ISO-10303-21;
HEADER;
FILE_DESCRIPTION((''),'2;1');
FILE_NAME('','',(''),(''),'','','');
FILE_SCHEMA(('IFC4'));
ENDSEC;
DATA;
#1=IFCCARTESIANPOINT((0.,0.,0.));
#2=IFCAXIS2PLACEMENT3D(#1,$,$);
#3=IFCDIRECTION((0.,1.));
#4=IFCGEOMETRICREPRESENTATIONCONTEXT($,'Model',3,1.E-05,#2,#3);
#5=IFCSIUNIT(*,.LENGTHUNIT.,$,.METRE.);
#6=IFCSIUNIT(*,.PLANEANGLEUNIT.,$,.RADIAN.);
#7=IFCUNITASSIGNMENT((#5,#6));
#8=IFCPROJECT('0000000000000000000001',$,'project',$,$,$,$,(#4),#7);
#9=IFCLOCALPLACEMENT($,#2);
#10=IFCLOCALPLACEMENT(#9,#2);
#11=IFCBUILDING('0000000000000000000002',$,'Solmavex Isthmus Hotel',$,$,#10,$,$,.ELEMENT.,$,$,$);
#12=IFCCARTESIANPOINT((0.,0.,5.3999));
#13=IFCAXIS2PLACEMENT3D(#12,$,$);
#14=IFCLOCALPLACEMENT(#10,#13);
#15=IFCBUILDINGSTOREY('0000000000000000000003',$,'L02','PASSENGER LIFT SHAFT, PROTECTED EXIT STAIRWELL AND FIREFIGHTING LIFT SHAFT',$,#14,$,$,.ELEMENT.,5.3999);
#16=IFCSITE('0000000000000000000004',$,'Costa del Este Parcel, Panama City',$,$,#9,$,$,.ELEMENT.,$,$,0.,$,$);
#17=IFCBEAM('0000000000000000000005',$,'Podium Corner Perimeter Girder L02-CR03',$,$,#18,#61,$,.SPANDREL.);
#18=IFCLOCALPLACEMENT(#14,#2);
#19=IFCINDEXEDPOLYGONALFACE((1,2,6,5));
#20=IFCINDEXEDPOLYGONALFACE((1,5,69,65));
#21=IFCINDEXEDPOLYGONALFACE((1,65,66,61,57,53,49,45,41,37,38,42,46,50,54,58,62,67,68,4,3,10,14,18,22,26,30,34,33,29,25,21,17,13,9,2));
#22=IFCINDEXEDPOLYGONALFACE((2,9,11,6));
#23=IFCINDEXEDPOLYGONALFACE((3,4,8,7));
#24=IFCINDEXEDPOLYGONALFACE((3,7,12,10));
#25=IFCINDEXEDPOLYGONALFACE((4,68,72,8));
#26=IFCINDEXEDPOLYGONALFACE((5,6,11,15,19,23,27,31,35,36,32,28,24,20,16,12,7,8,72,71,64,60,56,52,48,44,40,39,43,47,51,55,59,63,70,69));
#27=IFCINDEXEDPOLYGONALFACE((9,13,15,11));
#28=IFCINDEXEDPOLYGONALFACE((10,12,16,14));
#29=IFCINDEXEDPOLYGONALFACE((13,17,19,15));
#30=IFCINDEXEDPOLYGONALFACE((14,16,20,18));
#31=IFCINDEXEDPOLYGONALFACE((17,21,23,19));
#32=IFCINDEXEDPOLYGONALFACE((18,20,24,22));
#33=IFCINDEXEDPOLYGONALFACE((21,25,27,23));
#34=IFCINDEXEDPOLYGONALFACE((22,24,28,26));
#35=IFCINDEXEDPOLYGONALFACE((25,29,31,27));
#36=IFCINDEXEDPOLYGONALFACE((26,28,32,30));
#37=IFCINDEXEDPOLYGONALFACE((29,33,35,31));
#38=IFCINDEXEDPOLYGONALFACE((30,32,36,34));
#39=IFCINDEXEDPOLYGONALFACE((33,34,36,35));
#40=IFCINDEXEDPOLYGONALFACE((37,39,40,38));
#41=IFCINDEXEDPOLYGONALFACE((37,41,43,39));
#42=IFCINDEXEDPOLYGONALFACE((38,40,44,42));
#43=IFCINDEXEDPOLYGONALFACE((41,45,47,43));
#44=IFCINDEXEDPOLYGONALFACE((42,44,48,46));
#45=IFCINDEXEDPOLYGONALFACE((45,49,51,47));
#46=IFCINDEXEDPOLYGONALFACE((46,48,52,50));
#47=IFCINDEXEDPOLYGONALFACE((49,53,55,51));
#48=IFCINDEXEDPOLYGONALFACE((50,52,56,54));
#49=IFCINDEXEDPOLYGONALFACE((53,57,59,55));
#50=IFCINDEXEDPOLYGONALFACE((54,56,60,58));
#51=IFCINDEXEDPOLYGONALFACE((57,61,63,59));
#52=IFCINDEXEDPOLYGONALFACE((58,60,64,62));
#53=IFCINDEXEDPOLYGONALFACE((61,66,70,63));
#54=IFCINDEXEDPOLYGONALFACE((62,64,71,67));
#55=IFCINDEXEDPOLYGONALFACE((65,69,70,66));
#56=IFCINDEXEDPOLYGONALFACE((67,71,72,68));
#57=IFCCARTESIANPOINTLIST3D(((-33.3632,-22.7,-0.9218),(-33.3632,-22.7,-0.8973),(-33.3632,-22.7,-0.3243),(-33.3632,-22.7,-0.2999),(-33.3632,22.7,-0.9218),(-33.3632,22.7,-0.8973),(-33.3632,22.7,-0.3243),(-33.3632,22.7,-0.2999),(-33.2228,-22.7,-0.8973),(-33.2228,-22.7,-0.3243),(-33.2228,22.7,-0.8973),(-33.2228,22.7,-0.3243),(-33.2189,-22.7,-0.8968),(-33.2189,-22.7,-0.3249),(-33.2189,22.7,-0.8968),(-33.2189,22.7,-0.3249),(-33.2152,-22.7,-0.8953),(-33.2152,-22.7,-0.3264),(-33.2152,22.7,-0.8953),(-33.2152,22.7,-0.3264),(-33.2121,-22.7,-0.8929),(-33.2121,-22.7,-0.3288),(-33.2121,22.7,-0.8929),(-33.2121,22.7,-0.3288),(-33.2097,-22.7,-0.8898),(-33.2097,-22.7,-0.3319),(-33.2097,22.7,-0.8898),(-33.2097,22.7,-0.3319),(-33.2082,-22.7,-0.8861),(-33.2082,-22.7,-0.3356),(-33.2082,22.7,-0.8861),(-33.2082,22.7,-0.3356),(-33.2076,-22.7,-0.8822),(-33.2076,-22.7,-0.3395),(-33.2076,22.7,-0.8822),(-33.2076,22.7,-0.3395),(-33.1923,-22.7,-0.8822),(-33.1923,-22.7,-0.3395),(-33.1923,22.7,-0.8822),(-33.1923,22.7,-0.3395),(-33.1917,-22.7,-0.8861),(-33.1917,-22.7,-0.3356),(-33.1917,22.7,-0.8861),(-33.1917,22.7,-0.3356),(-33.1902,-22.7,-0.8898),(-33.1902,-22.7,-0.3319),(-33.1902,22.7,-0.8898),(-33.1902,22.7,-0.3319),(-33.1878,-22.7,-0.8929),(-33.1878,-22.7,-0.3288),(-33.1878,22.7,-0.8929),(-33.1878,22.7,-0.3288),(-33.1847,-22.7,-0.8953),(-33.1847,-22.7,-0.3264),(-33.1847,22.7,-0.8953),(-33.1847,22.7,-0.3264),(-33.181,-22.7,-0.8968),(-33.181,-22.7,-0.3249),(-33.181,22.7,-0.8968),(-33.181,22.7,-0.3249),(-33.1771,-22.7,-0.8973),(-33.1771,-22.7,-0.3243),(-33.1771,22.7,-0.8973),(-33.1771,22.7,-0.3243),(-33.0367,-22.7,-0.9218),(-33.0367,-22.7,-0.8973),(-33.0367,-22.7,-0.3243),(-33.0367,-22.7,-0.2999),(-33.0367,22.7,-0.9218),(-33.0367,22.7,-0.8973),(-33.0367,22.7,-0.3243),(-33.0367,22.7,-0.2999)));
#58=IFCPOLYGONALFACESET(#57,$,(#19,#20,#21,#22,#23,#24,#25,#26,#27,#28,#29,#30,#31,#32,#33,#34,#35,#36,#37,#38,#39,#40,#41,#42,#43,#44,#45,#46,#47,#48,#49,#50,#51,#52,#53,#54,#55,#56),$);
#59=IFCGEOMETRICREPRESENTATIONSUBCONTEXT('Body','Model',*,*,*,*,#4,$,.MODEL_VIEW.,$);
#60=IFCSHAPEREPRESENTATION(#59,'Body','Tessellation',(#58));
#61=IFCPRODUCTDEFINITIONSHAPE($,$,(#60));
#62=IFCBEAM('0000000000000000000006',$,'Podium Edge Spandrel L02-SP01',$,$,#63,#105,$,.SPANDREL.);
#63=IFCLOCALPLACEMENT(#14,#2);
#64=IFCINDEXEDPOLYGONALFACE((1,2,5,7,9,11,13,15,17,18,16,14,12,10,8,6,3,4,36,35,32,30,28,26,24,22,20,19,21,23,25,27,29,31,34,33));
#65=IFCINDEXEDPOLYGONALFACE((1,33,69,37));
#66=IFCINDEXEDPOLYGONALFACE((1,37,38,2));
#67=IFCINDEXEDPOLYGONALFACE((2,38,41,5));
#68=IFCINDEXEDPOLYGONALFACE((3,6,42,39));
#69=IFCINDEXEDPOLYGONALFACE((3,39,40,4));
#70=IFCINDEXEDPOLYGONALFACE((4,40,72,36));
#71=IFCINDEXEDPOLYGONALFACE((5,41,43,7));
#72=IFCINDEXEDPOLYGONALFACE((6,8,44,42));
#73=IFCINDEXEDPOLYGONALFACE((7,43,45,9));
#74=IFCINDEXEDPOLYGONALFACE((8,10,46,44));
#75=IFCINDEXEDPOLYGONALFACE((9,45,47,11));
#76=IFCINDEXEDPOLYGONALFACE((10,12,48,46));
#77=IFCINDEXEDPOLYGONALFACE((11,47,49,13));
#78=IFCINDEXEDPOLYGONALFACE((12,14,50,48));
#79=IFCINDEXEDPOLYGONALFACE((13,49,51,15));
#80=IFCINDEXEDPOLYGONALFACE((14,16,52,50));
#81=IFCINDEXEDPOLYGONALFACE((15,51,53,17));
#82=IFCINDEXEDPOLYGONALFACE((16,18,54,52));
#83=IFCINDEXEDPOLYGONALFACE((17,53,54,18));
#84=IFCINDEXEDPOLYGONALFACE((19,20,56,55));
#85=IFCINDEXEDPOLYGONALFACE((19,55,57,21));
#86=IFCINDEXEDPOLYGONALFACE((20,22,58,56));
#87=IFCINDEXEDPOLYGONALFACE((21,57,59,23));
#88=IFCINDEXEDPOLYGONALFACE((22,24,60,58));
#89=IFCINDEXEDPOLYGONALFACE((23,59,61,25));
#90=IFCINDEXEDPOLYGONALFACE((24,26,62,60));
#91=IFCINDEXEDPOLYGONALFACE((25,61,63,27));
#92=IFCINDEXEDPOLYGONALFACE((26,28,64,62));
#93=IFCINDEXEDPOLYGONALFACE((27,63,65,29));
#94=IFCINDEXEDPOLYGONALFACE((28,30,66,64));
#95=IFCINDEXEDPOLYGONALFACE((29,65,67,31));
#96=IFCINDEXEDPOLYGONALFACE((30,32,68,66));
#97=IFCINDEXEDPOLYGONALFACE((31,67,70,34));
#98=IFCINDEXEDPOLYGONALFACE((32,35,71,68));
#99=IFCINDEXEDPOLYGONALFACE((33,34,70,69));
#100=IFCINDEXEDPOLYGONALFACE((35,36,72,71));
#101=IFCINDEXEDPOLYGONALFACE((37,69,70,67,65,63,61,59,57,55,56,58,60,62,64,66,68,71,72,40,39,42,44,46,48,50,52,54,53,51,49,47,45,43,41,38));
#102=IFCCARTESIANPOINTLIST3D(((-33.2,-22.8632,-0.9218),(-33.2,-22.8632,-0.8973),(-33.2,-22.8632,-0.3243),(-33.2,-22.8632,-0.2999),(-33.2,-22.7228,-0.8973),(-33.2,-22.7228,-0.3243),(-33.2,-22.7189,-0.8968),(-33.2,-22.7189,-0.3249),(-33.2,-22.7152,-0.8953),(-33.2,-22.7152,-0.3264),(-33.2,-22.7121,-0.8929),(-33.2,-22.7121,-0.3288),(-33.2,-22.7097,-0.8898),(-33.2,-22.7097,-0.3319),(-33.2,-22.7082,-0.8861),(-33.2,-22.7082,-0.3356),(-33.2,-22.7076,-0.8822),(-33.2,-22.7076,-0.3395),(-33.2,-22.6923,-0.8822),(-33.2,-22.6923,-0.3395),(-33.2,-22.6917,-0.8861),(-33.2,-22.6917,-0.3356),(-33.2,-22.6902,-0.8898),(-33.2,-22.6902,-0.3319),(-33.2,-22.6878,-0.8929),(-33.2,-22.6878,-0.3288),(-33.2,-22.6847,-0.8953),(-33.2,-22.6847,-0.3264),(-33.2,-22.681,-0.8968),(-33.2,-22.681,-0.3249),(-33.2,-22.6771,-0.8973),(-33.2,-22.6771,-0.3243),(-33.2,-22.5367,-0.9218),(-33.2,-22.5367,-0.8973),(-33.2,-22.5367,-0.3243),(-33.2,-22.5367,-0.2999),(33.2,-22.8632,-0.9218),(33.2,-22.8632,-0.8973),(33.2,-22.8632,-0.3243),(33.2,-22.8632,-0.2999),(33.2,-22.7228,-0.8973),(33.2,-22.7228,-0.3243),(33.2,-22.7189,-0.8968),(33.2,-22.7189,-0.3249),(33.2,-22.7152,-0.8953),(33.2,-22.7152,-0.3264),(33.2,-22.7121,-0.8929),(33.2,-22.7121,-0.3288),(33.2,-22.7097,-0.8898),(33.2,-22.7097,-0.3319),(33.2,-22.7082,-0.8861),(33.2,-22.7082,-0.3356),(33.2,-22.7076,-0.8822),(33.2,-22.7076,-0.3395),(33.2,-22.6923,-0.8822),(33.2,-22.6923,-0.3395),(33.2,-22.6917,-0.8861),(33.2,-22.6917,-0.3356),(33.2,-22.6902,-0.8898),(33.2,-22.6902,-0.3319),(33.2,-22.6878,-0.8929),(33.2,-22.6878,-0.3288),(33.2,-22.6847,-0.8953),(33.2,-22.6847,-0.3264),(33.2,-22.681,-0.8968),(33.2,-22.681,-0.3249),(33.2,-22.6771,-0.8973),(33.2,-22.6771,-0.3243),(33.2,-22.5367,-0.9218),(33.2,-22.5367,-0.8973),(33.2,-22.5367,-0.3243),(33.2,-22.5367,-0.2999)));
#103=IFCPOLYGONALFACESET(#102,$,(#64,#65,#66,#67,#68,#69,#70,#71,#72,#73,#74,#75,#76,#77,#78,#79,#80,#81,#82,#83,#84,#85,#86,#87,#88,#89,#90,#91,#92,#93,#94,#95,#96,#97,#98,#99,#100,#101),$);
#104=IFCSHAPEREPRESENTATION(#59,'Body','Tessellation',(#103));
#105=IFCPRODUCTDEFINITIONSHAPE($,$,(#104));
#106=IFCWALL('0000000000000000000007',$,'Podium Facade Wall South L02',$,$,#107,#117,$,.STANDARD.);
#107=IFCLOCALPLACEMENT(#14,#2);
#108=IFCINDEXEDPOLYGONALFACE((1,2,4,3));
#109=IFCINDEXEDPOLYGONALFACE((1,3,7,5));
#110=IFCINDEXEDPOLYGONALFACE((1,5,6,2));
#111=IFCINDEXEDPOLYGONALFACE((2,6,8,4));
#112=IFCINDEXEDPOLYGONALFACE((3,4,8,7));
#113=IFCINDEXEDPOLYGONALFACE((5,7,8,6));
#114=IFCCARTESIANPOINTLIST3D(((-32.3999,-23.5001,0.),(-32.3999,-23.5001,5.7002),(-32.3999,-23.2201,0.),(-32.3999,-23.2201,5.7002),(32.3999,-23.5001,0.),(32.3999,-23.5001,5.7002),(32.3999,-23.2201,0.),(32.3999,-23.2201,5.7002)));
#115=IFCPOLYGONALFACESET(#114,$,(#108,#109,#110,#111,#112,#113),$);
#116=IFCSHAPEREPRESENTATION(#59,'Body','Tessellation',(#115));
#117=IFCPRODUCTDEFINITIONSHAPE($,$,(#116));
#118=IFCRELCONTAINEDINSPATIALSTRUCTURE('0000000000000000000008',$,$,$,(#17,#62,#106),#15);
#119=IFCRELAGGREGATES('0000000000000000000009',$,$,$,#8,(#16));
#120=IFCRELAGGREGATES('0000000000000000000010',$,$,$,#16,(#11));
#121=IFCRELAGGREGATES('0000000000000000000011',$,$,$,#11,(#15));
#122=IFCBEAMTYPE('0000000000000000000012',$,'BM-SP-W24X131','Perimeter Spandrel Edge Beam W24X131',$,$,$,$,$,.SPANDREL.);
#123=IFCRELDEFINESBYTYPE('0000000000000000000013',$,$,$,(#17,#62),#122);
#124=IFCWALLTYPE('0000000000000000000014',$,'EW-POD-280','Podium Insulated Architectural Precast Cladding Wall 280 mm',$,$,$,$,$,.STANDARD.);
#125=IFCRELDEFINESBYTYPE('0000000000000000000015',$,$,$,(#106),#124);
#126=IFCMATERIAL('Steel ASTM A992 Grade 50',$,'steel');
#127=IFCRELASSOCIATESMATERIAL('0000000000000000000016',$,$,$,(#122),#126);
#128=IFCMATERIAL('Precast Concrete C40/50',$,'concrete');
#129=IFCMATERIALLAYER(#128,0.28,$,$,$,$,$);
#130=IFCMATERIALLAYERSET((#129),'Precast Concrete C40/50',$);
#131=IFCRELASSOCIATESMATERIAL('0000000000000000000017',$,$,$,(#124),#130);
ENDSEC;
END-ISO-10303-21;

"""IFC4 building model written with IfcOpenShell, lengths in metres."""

from ifc_helpers import new_model, si_unit, direction, frame, frame_2d, origin, origin_2d, place, context, subcontext, project, spatial, rectangle, i_section, extrude, material, layer, layer_set, material_profile, profile_set, type_object, element, save


model = new_model("IFC4")

# Units and contexts
model_context = context("Model", 3, precision=1e-05, world=origin(), true_north=direction((0.0, 1.0)))
body_context = subcontext(model_context, "Body", "Model", "MODEL_VIEW")
ifc_project = project(units=[si_unit("LENGTHUNIT", "METRE"), si_unit("PLANEANGLEUNIT", "RADIAN")], contexts=[model_context])

# Site, building, storey
site_placement = place(None, origin())
site = spatial("IfcSite", under=ifc_project, at=site_placement, Name="Costa del Este Parcel, Panama City", CompositionType="ELEMENT", RefElevation=0.0)
building_placement = place(site_placement, origin())
building = spatial("IfcBuilding", under=site, at=building_placement, Name="Solmavex Isthmus Hotel", CompositionType="ELEMENT")
storey_placement = place(building_placement, frame((0.0, 0.0, 5.3999)))
storey = spatial("IfcBuildingStorey", under=building, at=storey_placement, Name="L02", Description="PASSENGER LIFT SHAFT, PROTECTED EXIT STAIRWELL AND FIREFIGHTING LIFT SHAFT", CompositionType="ELEMENT", Elevation=5.3999)

# Beams
ifc_material_1 = material(Name="Steel ASTM A992 Grade 50", Category="steel")
ifc_material_profile_1 = material_profile(ifc_material_1, i_section(OverallWidth=0.3264, OverallDepth=0.6218, WebThickness=0.0154, FlangeThickness=0.0244, FilletRadius=0.0151, at=origin_2d()), Name="W24X131")
ifc_profile_set_1 = profile_set([ifc_material_profile_1], Name="Steel ASTM A992 Grade 50")
beam_type_1 = type_object("IfcBeamType", Name="BM-SP-W24X131", Description="Perimeter Spandrel Edge Beam W24X131", PredefinedType="SPANDREL", material=ifc_profile_set_1)
beam_1_placement = place(storey_placement, frame((-33.2, -22.7, -0.6108), z_axis=(0.0, 1.0, 0.0), x_axis=(-1.0, 0.0, 0.0)))
element("IfcBeam", 1, at=beam_1_placement, inside=storey, type_object=beam_type_1, Name="Podium Corner Perimeter Girder L02-CR03", PredefinedType="SPANDREL", context=body_context, shape_type="SweptSolid", body=[
    extrude(i_section(OverallWidth=0.3264, OverallDepth=0.6218, WebThickness=0.0154, FlangeThickness=0.0244, FilletRadius=0.0151, at=origin_2d()), origin(), (0.0, 0.0, 1.0), 45.3999),
])
beam_2_placement = place(storey_placement, frame((-33.2, -22.7, -0.6108), z_axis=(1.0, 0.0, 0.0), x_axis=(0.0, 1.0, 0.0)))
element("IfcBeam", 2, at=beam_2_placement, inside=storey, type_object=beam_type_1, Name="Podium Edge Spandrel L02-SP01", PredefinedType="SPANDREL", context=body_context, shape_type="SweptSolid", body=[
    extrude(i_section(OverallWidth=0.3264, OverallDepth=0.6218, WebThickness=0.0154, FlangeThickness=0.0244, FilletRadius=0.0151, at=origin_2d()), origin(), (0.0, 0.0, 1.0), 66.3999),
])

# Wall
ifc_material_2 = material(Name="Precast Concrete C40/50", Category="concrete")
ifc_layer_1 = layer(ifc_material_2, 0.28)
ifc_layer_set_1 = layer_set([ifc_layer_1], Name="Precast Concrete C40/50")
wall_type_1 = type_object("IfcWallType", Name="EW-POD-280", Description="Podium Insulated Architectural Precast Cladding Wall 280 mm", PredefinedType="STANDARD", material=ifc_layer_set_1)
wall_1_placement = place(storey_placement, frame((-32.3999, -23.3601, 0.0), z_axis=(0.0, 0.0, 1.0), x_axis=(1.0, 0.0, 0.0)))
element("IfcWall", 3, at=wall_1_placement, inside=storey, type_object=wall_type_1, Name="Podium Facade Wall South L02", PredefinedType="STANDARD", context=body_context, shape_type="SweptSolid", body=[
    extrude(rectangle(XDim=64.7998, YDim=0.28, at=frame_2d((32.3999, 0.0))), origin(), (0.0, 0.0, 1.0), 5.7002),
])

save(model, "model.ifc")
